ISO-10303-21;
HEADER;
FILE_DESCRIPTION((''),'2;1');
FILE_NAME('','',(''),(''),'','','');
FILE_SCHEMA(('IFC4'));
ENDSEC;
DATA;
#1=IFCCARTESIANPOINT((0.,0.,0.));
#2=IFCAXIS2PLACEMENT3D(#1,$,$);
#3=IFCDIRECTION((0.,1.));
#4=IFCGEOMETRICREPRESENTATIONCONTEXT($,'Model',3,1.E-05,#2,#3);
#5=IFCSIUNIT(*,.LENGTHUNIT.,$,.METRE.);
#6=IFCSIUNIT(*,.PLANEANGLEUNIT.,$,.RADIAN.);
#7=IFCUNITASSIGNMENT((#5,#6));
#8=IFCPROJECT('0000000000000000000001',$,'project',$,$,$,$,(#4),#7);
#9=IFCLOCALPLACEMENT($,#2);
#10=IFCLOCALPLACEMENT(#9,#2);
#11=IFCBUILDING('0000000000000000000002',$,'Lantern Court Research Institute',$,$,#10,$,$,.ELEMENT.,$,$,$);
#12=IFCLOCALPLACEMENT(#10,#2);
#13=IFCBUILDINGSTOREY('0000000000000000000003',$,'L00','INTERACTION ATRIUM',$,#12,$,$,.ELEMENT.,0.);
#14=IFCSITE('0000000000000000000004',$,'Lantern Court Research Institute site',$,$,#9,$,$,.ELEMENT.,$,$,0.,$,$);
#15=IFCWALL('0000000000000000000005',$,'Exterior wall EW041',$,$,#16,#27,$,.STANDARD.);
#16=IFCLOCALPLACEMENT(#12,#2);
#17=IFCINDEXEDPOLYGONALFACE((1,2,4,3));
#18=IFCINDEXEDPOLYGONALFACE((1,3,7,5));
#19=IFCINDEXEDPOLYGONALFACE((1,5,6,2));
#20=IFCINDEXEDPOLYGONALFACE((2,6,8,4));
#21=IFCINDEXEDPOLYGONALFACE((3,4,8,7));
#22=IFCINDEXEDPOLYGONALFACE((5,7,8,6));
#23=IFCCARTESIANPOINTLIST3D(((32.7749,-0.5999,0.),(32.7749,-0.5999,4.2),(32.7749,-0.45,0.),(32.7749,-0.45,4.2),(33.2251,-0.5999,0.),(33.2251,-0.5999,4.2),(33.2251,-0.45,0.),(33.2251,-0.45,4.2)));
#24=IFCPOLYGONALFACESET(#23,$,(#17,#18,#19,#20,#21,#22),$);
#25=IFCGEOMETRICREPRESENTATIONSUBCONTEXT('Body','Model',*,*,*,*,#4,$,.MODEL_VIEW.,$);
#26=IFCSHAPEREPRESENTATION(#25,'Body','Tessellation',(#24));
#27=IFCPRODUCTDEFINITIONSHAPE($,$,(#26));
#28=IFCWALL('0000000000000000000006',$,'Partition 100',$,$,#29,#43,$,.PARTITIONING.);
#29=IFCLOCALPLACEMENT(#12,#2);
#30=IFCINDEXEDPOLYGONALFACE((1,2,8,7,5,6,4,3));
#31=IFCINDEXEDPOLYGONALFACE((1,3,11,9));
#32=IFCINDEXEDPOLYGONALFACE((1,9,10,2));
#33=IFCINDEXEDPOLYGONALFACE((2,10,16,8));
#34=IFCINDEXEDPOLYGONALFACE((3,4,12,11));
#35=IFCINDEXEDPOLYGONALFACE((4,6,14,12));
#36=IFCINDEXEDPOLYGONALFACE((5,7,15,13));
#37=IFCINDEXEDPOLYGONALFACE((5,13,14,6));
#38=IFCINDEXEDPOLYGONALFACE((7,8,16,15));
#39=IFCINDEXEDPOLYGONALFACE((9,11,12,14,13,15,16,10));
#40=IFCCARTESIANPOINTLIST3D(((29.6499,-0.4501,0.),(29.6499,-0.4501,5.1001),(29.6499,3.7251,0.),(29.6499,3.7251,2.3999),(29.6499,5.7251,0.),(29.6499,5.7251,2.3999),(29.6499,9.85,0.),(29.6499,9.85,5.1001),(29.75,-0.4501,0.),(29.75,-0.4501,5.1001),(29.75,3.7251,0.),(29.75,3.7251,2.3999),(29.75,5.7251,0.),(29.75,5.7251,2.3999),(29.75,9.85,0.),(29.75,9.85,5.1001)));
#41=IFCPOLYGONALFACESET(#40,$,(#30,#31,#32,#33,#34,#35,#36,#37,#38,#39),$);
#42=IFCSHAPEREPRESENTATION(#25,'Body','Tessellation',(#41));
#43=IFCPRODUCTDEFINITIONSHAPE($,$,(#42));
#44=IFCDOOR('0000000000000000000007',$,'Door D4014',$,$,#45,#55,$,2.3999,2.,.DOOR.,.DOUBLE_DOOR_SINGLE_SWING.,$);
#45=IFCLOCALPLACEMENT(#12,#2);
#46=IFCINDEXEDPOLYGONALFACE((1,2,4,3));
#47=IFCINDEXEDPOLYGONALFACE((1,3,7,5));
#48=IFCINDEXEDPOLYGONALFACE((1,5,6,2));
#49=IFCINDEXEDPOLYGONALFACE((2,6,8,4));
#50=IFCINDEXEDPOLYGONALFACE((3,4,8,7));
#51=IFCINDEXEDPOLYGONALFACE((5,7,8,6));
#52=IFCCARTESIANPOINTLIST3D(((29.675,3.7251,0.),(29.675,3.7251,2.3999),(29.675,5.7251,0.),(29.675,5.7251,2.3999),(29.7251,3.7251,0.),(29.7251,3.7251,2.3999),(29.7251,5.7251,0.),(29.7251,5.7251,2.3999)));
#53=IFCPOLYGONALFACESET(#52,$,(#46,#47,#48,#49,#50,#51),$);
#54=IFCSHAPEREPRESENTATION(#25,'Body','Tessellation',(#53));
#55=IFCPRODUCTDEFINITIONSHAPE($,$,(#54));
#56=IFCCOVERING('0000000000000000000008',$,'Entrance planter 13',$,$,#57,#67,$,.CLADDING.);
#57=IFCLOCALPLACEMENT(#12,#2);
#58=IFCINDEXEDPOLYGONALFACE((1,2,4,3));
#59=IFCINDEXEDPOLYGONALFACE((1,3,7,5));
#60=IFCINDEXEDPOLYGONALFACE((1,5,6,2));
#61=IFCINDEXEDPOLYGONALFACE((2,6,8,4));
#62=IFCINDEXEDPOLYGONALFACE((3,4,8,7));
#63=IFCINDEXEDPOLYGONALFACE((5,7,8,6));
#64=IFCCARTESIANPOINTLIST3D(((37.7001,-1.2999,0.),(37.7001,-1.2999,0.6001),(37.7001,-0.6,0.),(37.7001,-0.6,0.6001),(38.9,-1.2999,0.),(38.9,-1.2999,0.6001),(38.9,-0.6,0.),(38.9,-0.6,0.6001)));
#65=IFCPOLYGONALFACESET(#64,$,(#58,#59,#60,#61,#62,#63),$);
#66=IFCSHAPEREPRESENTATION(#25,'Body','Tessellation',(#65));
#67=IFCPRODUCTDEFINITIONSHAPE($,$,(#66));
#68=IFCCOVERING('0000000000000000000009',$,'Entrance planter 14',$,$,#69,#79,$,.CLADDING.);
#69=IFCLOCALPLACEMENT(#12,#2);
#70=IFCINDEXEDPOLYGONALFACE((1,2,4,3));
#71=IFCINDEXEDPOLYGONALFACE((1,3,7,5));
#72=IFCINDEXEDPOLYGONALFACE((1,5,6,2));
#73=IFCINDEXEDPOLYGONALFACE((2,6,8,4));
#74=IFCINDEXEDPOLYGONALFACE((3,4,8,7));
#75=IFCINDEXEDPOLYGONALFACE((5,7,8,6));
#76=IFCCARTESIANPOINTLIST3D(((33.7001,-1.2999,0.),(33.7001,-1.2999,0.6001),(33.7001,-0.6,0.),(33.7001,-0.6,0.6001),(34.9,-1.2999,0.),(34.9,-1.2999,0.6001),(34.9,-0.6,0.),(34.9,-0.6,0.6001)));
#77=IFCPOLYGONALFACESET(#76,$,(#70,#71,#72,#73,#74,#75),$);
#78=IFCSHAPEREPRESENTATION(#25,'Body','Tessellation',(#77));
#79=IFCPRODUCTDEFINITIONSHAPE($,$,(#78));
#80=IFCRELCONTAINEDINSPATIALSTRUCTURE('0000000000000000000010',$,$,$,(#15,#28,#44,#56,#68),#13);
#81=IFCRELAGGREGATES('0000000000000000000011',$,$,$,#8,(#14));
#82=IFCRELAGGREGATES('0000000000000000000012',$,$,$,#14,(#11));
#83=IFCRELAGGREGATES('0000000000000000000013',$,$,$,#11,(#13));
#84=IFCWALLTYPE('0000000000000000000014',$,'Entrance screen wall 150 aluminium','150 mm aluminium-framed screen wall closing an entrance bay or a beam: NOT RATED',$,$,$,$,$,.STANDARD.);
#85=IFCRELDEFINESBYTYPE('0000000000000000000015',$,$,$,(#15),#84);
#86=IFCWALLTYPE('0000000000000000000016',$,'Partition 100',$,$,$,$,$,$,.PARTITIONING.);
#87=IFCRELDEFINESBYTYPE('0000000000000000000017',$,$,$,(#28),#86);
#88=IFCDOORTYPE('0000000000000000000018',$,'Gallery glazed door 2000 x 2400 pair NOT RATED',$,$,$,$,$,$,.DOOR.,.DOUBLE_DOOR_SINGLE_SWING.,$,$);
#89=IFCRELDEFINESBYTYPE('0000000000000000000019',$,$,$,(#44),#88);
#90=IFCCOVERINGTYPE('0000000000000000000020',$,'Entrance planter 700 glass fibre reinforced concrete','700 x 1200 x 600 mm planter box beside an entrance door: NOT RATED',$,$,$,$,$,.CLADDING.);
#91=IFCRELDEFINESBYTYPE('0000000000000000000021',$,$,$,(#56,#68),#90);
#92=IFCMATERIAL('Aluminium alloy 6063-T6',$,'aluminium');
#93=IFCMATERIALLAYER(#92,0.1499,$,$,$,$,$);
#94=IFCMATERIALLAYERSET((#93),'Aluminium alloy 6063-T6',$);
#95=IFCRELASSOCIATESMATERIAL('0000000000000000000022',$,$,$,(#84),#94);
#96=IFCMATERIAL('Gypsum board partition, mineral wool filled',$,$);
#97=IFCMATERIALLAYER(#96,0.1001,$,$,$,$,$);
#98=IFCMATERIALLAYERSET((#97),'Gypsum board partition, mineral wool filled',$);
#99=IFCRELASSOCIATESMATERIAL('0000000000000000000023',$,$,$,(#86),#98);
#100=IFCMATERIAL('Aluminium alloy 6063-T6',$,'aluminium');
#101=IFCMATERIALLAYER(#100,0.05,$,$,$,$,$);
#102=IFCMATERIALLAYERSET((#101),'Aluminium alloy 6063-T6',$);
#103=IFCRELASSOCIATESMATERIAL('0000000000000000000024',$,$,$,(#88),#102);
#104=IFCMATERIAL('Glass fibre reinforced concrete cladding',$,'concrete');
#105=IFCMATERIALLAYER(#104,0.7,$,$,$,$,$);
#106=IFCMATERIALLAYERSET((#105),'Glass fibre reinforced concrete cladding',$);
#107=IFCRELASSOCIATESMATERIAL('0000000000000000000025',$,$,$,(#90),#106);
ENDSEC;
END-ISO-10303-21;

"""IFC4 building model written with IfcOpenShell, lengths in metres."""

from ifc_helpers import new_model, si_unit, direction, frame, frame_2d, origin, origin_2d, place, context, subcontext, project, spatial, rectangle, extrude, material, layer, layer_set, type_object, element, fill, save


model = new_model("IFC4")

# Units and contexts
model_context = context("Model", 3, precision=1e-05, world=origin(), true_north=direction((0.0, 1.0)))
body_context = subcontext(model_context, "Body", "Model", "MODEL_VIEW")
ifc_project = project(units=[si_unit("LENGTHUNIT", "METRE"), si_unit("PLANEANGLEUNIT", "RADIAN")], contexts=[model_context])

# Site, building, storey
site_placement = place(None, origin())
site = spatial("IfcSite", under=ifc_project, at=site_placement, Name="Lantern Court Research Institute site", CompositionType="ELEMENT", RefElevation=0.0)
building_placement = place(site_placement, origin())
building = spatial("IfcBuilding", under=site, at=building_placement, Name="Lantern Court Research Institute", CompositionType="ELEMENT")
storey_placement = place(building_placement, origin())
storey = spatial("IfcBuildingStorey", under=building, at=storey_placement, Name="L00", Description="INTERACTION ATRIUM", CompositionType="ELEMENT", Elevation=0.0)

# Wall
ifc_material_1 = material(Name="Aluminium alloy 6063-T6", Category="aluminium")
ifc_layer_1 = layer(ifc_material_1, 0.1499)
ifc_layer_set_1 = layer_set([ifc_layer_1], Name="Aluminium alloy 6063-T6")
wall_type_1 = type_object("IfcWallType", Name="Entrance screen wall 150 aluminium", Description="150 mm aluminium-framed screen wall closing an entrance bay or a beam: NOT RATED", PredefinedType="STANDARD", material=ifc_layer_set_1)
wall_1_placement = place(storey_placement, frame((33.2251, -0.5249, 0.0), z_axis=(0.0, 0.0, 1.0), x_axis=(-1.0, 0.0, 0.0)))
element("IfcWall", 1, at=wall_1_placement, inside=storey, type_object=wall_type_1, Name="Exterior wall EW041", PredefinedType="STANDARD", context=body_context, shape_type="SweptSolid", body=[
    extrude(rectangle(XDim=0.4502, YDim=0.1499, at=frame_2d((0.2251, 0.0))), origin(), (0.0, 0.0, 1.0), 4.2),
])

# Wall, opening, door
ifc_material_2 = material(Name="Gypsum board partition, mineral wool filled")
ifc_layer_2 = layer(ifc_material_2, 0.1001)
ifc_layer_set_2 = layer_set([ifc_layer_2], Name="Gypsum board partition, mineral wool filled")
wall_type_2 = type_object("IfcWallType", Name="Partition 100", PredefinedType="PARTITIONING", material=ifc_layer_set_2)
wall_2_placement = place(storey_placement, frame((29.7, -0.45, 0.0), z_axis=(0.0, 0.0, 1.0), x_axis=(0.0, 1.0, 0.0)))
wall_2 = element("IfcWall", 2, at=wall_2_placement, inside=storey, type_object=wall_type_2, Name="Partition 100", PredefinedType="PARTITIONING", context=body_context, shape_type="SweptSolid", body=[
    extrude(rectangle(XDim=10.3, YDim=0.1001, at=frame_2d((5.1499, 0.0))), origin(), (0.0, 0.0, 1.0), 5.1001),
])
opening_placement = place(wall_2_placement, frame((4.175, 0.0, 0.0)))
opening = element("IfcOpeningElement", 3, at=opening_placement, cuts=wall_2, PredefinedType="OPENING", context=body_context, shape_type="SweptSolid", body=[
    extrude(rectangle(XDim=2.0, YDim=2.3999, at=frame_2d((1.0, 1.2))), frame((0.0, 0.0601, 0.0), z_axis=(0.0, -1.0, 0.0), x_axis=(1.0, 0.0, 0.0)), (0.0, 0.0, 1.0), 0.1201),
])
ifc_material_3 = material(Name="Aluminium alloy 6063-T6", Category="aluminium")
ifc_layer_3 = layer(ifc_material_3, 0.05)
ifc_layer_set_3 = layer_set([ifc_layer_3], Name="Aluminium alloy 6063-T6")
door_type = type_object("IfcDoorType", Name="Gallery glazed door 2000 x 2400 pair NOT RATED", OperationType="DOUBLE_DOOR_SINGLE_SWING", PredefinedType="DOOR", material=ifc_layer_set_3)
door_placement = place(opening_placement, origin())
door = element("IfcDoor", 4, at=door_placement, inside=storey, type_object=door_type, Name="Door D4014", OperationType="DOUBLE_DOOR_SINGLE_SWING", OverallHeight=2.3999, OverallWidth=2.0, PredefinedType="DOOR", context=body_context, shape_type="SweptSolid", body=[
    extrude(rectangle(XDim=2.0, YDim=2.3999, at=frame_2d((1.0, 1.2))), frame((0.0, 0.0249, 0.0), z_axis=(0.0, -1.0, 0.0), x_axis=(1.0, 0.0, 0.0)), (0.0, 0.0, 1.0), 0.05),
])
fill(opening, door)

# Coverings
ifc_material_4 = material(Name="Glass fibre reinforced concrete cladding", Category="concrete")
ifc_layer_4 = layer(ifc_material_4, 0.7)
ifc_layer_set_4 = layer_set([ifc_layer_4], Name="Glass fibre reinforced concrete cladding")
covering_type = type_object("IfcCoveringType", Name="Entrance planter 700 glass fibre reinforced concrete", Description="700 x 1200 x 600 mm planter box beside an entrance door: NOT RATED", PredefinedType="CLADDING", material=ifc_layer_set_4)
for number, where, z_axis, x_axis, name in (
    (5, (38.3, -0.95, 0.0), (0.0, 0.0, 1.0), (1.0, 0.0, 0.0), "Entrance planter 13"),
    (6, (34.3, -0.95, 0.0), (0.0, 0.0, 1.0), (1.0, 0.0, 0.0), "Entrance planter 14"),
):
    element("IfcCovering", number, at=place(storey_placement, frame(where, z_axis=z_axis, x_axis=x_axis)), inside=storey, type_object=covering_type, Name=name, PredefinedType="CLADDING", context=body_context, shape_type="SweptSolid", body=[
        extrude(rectangle(XDim=1.2, YDim=0.7, at=origin_2d()), origin(), (0.0, 0.0, 1.0), 0.6001),
    ])

save(model, "model.ifc")
